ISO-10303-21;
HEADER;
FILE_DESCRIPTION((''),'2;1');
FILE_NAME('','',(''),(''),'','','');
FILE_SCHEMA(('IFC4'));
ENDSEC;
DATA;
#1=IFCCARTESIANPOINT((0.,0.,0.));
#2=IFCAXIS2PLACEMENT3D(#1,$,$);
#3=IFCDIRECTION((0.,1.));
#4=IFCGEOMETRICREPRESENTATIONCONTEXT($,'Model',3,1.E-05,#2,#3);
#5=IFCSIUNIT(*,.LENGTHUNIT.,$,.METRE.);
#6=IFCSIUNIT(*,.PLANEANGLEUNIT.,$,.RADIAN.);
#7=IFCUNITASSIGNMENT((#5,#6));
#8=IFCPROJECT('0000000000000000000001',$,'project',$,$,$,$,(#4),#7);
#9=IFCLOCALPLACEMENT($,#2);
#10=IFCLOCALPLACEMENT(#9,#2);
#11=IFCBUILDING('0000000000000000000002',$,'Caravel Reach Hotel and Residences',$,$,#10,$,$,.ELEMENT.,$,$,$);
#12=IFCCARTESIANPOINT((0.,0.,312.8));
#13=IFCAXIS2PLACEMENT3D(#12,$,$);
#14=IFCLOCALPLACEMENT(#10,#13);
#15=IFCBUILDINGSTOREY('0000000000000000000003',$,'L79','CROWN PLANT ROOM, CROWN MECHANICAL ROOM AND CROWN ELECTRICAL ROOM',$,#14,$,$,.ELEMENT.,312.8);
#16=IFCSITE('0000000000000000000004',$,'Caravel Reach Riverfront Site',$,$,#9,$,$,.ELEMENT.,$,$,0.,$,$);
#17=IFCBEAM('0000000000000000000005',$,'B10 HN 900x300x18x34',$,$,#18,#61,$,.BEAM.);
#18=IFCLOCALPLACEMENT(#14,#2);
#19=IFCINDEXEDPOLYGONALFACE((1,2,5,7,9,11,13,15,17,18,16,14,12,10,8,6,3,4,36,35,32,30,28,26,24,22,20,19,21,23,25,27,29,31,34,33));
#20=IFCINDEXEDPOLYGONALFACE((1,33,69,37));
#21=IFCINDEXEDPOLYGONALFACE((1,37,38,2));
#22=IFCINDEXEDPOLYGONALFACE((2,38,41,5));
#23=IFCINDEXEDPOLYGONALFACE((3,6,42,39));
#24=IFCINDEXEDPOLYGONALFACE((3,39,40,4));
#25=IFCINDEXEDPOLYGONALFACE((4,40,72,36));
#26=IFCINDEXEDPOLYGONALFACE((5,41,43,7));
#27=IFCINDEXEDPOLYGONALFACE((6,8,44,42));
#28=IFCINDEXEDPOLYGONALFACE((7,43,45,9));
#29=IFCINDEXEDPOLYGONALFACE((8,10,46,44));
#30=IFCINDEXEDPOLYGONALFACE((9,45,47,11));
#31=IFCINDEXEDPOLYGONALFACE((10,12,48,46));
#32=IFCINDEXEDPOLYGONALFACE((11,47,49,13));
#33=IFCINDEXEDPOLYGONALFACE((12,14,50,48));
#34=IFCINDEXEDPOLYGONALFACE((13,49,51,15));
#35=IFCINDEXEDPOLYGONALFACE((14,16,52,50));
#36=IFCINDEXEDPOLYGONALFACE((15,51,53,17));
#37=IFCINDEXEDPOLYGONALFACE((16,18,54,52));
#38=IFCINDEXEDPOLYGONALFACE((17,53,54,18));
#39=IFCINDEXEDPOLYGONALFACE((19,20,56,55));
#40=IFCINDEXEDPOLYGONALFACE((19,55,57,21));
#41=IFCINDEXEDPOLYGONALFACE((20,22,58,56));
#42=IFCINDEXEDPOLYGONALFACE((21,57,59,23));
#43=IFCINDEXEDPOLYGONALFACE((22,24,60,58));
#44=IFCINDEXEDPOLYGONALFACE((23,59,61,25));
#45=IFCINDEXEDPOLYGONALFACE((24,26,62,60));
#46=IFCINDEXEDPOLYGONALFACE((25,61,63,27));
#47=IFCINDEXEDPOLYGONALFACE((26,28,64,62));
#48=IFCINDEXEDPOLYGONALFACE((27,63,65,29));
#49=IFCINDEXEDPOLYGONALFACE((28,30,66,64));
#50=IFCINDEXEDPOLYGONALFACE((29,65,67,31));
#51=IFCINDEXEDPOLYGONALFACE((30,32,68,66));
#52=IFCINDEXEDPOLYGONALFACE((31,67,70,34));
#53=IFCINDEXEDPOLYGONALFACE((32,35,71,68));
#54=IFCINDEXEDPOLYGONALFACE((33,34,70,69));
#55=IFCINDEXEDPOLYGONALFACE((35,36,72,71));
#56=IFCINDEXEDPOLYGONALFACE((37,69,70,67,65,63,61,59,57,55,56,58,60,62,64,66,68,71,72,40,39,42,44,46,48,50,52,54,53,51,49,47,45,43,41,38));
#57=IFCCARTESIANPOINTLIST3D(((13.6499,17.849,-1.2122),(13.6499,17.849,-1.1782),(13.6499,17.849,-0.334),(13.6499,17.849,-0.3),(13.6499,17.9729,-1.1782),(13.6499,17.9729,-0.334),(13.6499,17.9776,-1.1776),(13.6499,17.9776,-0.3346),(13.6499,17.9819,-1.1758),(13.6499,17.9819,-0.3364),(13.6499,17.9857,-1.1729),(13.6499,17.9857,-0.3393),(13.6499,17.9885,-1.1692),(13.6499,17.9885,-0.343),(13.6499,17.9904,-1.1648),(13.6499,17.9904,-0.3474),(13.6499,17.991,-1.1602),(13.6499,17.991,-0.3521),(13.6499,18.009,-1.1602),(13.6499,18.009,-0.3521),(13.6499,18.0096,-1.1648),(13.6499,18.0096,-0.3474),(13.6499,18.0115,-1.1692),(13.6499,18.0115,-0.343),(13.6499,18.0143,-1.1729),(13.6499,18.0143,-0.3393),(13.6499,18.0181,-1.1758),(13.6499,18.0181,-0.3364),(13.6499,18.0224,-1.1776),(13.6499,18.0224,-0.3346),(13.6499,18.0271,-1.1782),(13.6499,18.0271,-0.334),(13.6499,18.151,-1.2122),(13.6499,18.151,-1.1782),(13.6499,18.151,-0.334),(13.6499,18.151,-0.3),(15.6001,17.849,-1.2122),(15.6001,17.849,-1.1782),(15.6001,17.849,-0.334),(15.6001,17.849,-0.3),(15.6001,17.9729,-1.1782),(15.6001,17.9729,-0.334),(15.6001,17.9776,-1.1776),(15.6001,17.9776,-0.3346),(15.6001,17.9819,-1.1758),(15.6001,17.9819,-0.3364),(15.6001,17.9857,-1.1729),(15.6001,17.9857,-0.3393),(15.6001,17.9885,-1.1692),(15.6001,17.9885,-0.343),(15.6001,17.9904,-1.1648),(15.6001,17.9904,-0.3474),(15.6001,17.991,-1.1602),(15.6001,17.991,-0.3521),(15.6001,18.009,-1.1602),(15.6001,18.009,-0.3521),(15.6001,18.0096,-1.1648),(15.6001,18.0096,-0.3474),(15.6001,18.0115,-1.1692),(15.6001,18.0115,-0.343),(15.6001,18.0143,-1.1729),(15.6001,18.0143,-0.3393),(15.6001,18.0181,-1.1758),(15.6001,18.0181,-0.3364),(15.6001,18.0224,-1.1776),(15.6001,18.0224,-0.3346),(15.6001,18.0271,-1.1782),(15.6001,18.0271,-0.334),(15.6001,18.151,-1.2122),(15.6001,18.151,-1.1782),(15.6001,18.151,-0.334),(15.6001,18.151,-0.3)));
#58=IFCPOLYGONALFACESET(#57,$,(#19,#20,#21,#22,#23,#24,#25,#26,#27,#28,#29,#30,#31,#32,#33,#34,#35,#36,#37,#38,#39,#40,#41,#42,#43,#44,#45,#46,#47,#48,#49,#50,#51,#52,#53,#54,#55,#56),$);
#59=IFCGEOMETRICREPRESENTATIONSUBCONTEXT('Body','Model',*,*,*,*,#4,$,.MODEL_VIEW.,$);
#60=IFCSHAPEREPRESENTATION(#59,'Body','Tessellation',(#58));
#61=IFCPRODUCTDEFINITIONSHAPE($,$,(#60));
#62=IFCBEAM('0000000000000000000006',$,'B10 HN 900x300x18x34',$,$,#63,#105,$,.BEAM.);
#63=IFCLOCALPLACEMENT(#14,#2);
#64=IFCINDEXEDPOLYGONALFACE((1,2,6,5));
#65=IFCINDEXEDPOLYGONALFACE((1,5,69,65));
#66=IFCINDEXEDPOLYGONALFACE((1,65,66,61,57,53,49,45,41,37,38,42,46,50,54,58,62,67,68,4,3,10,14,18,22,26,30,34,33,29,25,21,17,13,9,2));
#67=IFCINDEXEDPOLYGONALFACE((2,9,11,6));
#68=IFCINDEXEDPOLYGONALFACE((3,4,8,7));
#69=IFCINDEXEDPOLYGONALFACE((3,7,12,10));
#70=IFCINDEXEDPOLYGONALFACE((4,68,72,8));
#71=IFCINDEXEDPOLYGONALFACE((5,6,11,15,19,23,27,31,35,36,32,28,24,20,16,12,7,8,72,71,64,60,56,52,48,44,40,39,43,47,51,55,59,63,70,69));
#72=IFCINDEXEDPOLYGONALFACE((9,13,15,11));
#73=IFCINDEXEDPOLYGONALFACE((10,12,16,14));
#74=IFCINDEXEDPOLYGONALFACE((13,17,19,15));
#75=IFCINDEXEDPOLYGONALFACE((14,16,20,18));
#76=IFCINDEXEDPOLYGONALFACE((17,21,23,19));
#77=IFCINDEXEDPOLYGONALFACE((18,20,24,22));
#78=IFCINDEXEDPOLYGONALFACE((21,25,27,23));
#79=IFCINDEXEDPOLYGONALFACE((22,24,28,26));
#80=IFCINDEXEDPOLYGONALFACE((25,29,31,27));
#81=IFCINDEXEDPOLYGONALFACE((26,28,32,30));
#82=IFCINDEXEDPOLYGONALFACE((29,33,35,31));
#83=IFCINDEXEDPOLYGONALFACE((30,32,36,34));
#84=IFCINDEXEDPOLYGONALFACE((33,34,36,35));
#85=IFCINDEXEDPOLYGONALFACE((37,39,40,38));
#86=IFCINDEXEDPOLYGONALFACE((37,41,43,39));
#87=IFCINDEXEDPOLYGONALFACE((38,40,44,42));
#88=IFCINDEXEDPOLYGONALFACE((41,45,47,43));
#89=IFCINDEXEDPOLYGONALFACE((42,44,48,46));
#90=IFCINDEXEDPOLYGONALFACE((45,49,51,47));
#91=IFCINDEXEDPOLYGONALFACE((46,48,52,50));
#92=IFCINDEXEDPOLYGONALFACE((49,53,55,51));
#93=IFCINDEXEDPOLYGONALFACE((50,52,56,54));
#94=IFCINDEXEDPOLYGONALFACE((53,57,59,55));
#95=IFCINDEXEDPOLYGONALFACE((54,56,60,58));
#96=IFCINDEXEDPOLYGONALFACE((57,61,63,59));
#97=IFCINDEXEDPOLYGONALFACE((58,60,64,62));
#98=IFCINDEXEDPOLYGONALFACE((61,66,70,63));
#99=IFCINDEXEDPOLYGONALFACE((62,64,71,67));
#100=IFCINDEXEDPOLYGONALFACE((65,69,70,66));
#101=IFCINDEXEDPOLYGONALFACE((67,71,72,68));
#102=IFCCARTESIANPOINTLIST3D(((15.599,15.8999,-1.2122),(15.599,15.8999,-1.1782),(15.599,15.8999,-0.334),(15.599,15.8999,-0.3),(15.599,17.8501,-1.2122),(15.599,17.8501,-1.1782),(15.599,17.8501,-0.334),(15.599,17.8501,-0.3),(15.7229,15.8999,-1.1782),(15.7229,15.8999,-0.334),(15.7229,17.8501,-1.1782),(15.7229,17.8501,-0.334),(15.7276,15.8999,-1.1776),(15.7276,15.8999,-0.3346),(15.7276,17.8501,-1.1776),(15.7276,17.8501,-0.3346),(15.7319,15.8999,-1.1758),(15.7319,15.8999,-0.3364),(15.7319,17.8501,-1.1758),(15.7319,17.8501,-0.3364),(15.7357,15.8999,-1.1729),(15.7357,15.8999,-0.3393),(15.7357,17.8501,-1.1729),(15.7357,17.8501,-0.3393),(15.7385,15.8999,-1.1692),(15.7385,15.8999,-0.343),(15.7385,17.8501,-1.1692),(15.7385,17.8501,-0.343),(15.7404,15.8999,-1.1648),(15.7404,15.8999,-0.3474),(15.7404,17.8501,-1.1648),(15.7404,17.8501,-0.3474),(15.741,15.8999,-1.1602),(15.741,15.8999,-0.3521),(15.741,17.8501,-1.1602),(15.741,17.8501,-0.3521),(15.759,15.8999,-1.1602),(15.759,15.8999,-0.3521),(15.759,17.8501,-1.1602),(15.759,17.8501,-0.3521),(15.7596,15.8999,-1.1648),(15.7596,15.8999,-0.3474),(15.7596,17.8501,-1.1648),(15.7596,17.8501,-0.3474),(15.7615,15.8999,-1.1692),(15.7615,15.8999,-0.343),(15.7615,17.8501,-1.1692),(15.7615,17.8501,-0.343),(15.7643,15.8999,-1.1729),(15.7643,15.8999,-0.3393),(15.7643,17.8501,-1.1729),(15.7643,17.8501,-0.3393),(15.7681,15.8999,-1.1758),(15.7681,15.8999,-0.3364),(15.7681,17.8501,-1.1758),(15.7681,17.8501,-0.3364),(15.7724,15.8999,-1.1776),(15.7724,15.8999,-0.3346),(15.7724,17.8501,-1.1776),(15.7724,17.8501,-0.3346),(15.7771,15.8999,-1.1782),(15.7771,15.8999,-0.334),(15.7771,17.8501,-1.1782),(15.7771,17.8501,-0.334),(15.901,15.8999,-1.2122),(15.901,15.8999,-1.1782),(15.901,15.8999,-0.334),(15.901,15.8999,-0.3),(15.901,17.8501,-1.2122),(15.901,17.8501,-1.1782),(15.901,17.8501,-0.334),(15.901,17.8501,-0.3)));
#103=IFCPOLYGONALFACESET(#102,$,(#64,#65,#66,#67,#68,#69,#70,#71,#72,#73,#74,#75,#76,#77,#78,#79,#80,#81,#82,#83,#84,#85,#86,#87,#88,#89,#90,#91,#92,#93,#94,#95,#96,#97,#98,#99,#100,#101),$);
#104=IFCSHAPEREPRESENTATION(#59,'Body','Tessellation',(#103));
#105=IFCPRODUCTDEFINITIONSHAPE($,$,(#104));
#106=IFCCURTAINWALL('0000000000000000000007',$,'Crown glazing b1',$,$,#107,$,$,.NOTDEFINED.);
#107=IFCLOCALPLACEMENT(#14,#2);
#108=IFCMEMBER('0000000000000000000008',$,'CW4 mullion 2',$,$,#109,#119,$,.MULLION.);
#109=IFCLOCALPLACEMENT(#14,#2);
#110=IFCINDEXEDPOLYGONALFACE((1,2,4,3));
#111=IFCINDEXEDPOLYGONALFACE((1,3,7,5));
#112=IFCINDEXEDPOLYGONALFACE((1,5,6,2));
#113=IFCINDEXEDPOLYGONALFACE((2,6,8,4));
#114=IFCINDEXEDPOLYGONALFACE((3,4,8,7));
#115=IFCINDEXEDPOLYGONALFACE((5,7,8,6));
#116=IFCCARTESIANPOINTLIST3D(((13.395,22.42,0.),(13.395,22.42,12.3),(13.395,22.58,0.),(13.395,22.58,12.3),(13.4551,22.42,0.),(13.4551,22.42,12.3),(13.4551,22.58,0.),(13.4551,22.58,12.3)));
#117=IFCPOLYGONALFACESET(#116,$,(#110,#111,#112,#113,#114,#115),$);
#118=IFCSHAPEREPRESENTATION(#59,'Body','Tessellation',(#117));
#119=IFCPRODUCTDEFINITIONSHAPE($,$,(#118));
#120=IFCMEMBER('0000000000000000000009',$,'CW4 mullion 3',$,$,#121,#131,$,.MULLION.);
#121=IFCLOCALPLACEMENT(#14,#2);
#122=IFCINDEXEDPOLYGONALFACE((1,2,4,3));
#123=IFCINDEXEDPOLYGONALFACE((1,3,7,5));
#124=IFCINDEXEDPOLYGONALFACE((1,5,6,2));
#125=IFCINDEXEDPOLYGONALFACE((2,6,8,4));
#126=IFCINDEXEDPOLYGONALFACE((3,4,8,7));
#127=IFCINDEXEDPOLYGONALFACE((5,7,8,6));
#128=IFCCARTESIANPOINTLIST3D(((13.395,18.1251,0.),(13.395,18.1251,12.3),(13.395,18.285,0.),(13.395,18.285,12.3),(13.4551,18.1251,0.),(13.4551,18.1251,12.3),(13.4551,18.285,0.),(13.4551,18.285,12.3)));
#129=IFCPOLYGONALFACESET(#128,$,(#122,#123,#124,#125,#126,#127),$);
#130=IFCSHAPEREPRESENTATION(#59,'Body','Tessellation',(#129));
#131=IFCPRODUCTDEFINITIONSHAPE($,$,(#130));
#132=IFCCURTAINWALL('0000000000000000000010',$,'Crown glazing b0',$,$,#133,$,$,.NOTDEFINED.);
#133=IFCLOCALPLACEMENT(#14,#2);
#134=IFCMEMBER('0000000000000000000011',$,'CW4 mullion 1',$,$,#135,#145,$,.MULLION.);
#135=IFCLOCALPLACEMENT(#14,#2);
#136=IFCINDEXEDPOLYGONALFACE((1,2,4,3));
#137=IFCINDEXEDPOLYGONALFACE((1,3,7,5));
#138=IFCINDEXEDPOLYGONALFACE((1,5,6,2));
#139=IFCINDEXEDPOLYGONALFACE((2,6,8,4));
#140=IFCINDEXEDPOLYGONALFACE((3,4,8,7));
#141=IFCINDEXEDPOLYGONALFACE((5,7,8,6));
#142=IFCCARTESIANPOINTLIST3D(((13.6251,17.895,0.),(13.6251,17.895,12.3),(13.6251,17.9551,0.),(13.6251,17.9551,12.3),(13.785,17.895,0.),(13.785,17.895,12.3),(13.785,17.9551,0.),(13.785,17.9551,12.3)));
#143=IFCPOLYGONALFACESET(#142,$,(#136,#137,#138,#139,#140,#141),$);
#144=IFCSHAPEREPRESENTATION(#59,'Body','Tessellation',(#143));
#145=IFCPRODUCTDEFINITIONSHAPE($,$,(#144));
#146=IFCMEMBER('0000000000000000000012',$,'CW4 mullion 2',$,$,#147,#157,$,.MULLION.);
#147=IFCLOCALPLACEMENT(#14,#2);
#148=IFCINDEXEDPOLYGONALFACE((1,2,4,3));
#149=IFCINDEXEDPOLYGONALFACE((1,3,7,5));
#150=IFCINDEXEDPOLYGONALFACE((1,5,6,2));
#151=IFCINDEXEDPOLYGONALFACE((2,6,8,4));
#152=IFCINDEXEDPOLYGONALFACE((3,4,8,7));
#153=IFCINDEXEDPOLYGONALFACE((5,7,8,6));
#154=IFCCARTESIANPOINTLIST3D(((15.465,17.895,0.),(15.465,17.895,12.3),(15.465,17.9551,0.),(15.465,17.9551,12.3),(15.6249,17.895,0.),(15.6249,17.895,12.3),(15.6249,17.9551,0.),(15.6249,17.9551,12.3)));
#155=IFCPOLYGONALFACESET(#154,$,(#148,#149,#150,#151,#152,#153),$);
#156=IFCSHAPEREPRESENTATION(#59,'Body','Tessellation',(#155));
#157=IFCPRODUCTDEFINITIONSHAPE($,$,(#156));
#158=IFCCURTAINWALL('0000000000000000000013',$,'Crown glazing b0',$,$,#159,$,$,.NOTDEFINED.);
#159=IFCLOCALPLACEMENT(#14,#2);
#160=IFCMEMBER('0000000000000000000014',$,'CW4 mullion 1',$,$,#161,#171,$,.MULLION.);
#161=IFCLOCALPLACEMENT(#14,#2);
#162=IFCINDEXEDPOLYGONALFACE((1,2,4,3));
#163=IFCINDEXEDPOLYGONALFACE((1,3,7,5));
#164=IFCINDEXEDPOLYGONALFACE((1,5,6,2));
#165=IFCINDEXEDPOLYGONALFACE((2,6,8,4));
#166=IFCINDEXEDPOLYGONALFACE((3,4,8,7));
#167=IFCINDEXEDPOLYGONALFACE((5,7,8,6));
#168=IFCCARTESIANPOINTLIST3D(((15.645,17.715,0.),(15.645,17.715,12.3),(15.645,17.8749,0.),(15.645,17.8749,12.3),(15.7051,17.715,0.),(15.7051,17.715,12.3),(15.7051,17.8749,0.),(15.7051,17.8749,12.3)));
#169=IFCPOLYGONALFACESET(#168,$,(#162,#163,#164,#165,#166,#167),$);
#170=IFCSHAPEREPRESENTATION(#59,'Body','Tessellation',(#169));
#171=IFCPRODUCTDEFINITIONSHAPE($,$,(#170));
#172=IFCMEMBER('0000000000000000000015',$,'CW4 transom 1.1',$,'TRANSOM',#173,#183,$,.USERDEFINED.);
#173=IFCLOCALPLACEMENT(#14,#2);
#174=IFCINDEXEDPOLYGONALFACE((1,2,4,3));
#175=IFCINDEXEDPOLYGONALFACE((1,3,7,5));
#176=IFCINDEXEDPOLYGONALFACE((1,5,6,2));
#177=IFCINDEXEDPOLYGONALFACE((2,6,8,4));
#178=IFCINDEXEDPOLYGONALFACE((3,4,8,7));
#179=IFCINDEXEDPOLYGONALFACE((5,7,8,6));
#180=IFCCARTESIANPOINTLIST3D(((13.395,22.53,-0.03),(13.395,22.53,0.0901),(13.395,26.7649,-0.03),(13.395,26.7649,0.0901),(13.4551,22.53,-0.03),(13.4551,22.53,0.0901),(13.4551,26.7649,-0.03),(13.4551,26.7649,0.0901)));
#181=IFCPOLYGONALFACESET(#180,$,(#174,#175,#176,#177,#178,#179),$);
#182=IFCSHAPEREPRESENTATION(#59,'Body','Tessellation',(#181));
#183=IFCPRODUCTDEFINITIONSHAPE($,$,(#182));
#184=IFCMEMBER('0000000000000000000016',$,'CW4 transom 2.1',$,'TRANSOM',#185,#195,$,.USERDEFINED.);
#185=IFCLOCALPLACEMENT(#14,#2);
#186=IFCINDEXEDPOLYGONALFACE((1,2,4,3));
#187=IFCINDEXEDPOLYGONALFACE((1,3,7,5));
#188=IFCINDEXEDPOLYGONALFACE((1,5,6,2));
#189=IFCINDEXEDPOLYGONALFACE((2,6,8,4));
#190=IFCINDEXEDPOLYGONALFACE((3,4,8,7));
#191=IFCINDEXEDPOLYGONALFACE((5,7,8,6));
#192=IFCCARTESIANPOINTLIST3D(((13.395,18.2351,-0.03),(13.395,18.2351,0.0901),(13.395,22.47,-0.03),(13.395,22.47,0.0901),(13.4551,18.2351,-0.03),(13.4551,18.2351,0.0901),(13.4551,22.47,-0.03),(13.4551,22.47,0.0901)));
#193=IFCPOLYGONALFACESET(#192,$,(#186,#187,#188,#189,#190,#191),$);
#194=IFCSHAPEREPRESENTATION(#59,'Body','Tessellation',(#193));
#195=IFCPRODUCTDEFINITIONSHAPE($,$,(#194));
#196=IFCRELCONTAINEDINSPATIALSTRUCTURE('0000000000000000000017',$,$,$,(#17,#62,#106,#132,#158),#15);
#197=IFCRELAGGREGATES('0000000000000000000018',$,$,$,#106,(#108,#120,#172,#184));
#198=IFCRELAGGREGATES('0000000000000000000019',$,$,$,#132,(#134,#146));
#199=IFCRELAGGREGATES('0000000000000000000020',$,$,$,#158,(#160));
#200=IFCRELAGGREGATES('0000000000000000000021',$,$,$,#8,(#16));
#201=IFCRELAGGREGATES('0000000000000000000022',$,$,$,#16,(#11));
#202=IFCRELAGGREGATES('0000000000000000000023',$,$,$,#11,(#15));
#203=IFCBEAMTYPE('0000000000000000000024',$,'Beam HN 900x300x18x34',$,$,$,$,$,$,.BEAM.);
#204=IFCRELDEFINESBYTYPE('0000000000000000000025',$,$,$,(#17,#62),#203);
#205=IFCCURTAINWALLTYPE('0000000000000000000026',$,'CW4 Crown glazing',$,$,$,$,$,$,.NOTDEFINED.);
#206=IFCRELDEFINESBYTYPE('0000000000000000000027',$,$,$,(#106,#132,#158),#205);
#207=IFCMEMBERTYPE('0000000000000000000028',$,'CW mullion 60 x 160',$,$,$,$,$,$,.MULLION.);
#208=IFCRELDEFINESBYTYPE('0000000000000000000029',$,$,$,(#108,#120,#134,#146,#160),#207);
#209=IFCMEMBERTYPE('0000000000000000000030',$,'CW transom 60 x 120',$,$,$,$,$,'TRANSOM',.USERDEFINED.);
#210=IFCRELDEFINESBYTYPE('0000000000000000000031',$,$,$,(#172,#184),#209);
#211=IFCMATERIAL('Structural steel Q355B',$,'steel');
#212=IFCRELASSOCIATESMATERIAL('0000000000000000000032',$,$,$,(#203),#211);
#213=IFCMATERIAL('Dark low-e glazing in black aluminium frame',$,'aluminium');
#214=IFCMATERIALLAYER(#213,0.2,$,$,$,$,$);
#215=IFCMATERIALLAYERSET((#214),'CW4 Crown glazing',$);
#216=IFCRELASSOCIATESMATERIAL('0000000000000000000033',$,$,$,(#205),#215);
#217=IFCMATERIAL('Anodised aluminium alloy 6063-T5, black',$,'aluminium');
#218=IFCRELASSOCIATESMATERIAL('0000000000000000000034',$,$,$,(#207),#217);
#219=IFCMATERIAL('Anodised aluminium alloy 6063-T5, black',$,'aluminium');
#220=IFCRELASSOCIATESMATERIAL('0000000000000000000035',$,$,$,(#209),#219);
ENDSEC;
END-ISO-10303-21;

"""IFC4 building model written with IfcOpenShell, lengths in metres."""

from ifc_helpers import new_model, si_unit, direction, frame, origin, origin_2d, place, context, subcontext, project, spatial, rectangle, i_section, extrude, material, layer, layer_set, material_profile, profile_set, type_object, element, aggregate, save


model = new_model("IFC4")

# Units and contexts
model_context = context("Model", 3, precision=1e-05, world=origin(), true_north=direction((0.0, 1.0)))
body_context = subcontext(model_context, "Body", "Model", "MODEL_VIEW")
ifc_project = project(units=[si_unit("LENGTHUNIT", "METRE"), si_unit("PLANEANGLEUNIT", "RADIAN")], contexts=[model_context])

# Site, building, storey
site_placement = place(None, origin())
site = spatial("IfcSite", under=ifc_project, at=site_placement, Name="Caravel Reach Riverfront Site", CompositionType="ELEMENT", RefElevation=0.0)
building_placement = place(site_placement, origin())
building = spatial("IfcBuilding", under=site, at=building_placement, Name="Caravel Reach Hotel and Residences", CompositionType="ELEMENT")
storey_placement = place(building_placement, frame((0.0, 0.0, 312.8)))
storey = spatial("IfcBuildingStorey", under=building, at=storey_placement, Name="L79", Description="CROWN PLANT ROOM, CROWN MECHANICAL ROOM AND CROWN ELECTRICAL ROOM", CompositionType="ELEMENT", Elevation=312.8)

# Beams
ifc_material_1 = material(Name="Structural steel Q355B", Category="steel")
ifc_material_profile_1 = material_profile(ifc_material_1, i_section(OverallWidth=0.302, OverallDepth=0.9121, WebThickness=0.0181, FlangeThickness=0.0339, FilletRadius=0.0181, at=origin_2d()), Name="HN 900x300x18x34")
ifc_profile_set_1 = profile_set([ifc_material_profile_1], Name="Structural steel Q355B")
beam_type_1 = type_object("IfcBeamType", Name="Beam HN 900x300x18x34", PredefinedType="BEAM", material=ifc_profile_set_1)
for number, where, z_axis, x_axis, name in (
    (1, (13.6499, 18.0, -0.7561), (1.0, 0.0, 0.0), (0.0, 1.0, 0.0), "B10 HN 900x300x18x34"),
    (2, (15.75, 17.8501, -0.7561), (0.0, -1.0, 0.0), (1.0, 0.0, 0.0), "B10 HN 900x300x18x34"),
):
    element("IfcBeam", number, at=place(storey_placement, frame(where, z_axis=z_axis, x_axis=x_axis)), inside=storey, type_object=beam_type_1, Name=name, PredefinedType="BEAM", context=body_context, shape_type="SweptSolid", body=[
        extrude(i_section(OverallWidth=0.302, OverallDepth=0.9121, WebThickness=0.0181, FlangeThickness=0.0339, FilletRadius=0.0181, at=origin_2d()), origin(), (0.0, 0.0, 1.0), 1.9502),
    ])

# Curtain walls, members
ifc_material_2 = material(Name="Dark low-e glazing in black aluminium frame", Category="aluminium")
ifc_layer_1 = layer(ifc_material_2, 0.2)
ifc_layer_set_1 = layer_set([ifc_layer_1], Name="CW4 Crown glazing")
curtain_wall_type = type_object("IfcCurtainWallType", Name="CW4 Crown glazing", PredefinedType="NOTDEFINED", material=ifc_layer_set_1)
curtain_wall_1_placement = place(storey_placement, origin())
curtain_wall_1 = element("IfcCurtainWall", 3, at=curtain_wall_1_placement, inside=storey, type_object=curtain_wall_type, Name="Crown glazing b1", PredefinedType="NOTDEFINED")
ifc_material_3 = material(Name="Anodised aluminium alloy 6063-T5, black", Category="aluminium")
ifc_material_profile_2 = material_profile(ifc_material_3, rectangle(XDim=0.0601, YDim=0.1599, at=origin_2d()), Name="CW mullion 60 x 160")
ifc_profile_set_2 = profile_set([ifc_material_profile_2], Name="Anodised aluminium alloy 6063-T5, black")
member_type_1 = type_object("IfcMemberType", Name="CW mullion 60 x 160", PredefinedType="MULLION", material=ifc_profile_set_2)
member_1_placement = place(storey_placement, frame((13.425, 22.5, 0.0), z_axis=(0.0, 0.0, 1.0), x_axis=(1.0, 0.0, 0.0)))
member_1 = element("IfcMember", 4, at=member_1_placement, type_object=member_type_1, Name="CW4 mullion 2", PredefinedType="MULLION", context=body_context, shape_type="SweptSolid", body=[
    extrude(rectangle(XDim=0.0601, YDim=0.1599, at=origin_2d()), origin(), (0.0, 0.0, 1.0), 12.3),
])
member_2_placement = place(storey_placement, frame((13.425, 18.2051, 0.0), z_axis=(0.0, 0.0, 1.0), x_axis=(1.0, 0.0, 0.0)))
member_2 = element("IfcMember", 5, at=member_2_placement, type_object=member_type_1, Name="CW4 mullion 3", PredefinedType="MULLION", context=body_context, shape_type="SweptSolid", body=[
    extrude(rectangle(XDim=0.0601, YDim=0.1599, at=origin_2d()), origin(), (0.0, 0.0, 1.0), 12.3),
])
curtain_wall_2_placement = place(storey_placement, origin())
curtain_wall_2 = element("IfcCurtainWall", 6, at=curtain_wall_2_placement, inside=storey, type_object=curtain_wall_type, Name="Crown glazing b0", PredefinedType="NOTDEFINED")
member_3_placement = place(storey_placement, frame((13.7051, 17.925, 0.0), z_axis=(0.0, 0.0, 1.0), x_axis=(0.0, 1.0, 0.0)))
member_3 = element("IfcMember", 7, at=member_3_placement, type_object=member_type_1, Name="CW4 mullion 1", PredefinedType="MULLION", context=body_context, shape_type="SweptSolid", body=[
    extrude(rectangle(XDim=0.0601, YDim=0.1599, at=origin_2d()), origin(), (0.0, 0.0, 1.0), 12.3),
])
member_4_placement = place(storey_placement, frame((15.5449, 17.925, 0.0), z_axis=(0.0, 0.0, 1.0), x_axis=(0.0, 1.0, 0.0)))
member_4 = element("IfcMember", 8, at=member_4_placement, type_object=member_type_1, Name="CW4 mullion 2", PredefinedType="MULLION", context=body_context, shape_type="SweptSolid", body=[
    extrude(rectangle(XDim=0.0601, YDim=0.1599, at=origin_2d()), origin(), (0.0, 0.0, 1.0), 12.3),
])

# Curtain wall, member
curtain_wall_3_placement = place(storey_placement, origin())
curtain_wall_3 = element("IfcCurtainWall", 9, at=curtain_wall_3_placement, inside=storey, type_object=curtain_wall_type, Name="Crown glazing b0", PredefinedType="NOTDEFINED")
member_5_placement = place(storey_placement, frame((15.675, 17.7949, 0.0), z_axis=(0.0, 0.0, 1.0), x_axis=(1.0, 0.0, 0.0)))
member_5 = element("IfcMember", 10, at=member_5_placement, type_object=member_type_1, Name="CW4 mullion 1", PredefinedType="MULLION", context=body_context, shape_type="SweptSolid", body=[
    extrude(rectangle(XDim=0.0601, YDim=0.1599, at=origin_2d()), origin(), (0.0, 0.0, 1.0), 12.3),
])

# Members
ifc_material_4 = material(Name="Anodised aluminium alloy 6063-T5, black", Category="aluminium")
ifc_material_profile_3 = material_profile(ifc_material_4, rectangle(XDim=0.0601, YDim=0.1201, at=origin_2d()), Name="CW transom 60 x 120")
ifc_profile_set_3 = profile_set([ifc_material_profile_3], Name="Anodised aluminium alloy 6063-T5, black")
member_type_2 = type_object("IfcMemberType", Name="CW transom 60 x 120", ElementType="TRANSOM", PredefinedType="USERDEFINED", material=ifc_profile_set_3)
member_6_placement = place(storey_placement, frame((13.425, 26.7649, 0.03), z_axis=(0.0, -1.0, 0.0), x_axis=(1.0, 0.0, 0.0)))
member_6 = element("IfcMember", 11, at=member_6_placement, type_object=member_type_2, Name="CW4 transom 1.1", ObjectType="TRANSOM", PredefinedType="USERDEFINED", context=body_context, shape_type="SweptSolid", body=[
    extrude(rectangle(XDim=0.0601, YDim=0.1201, at=origin_2d()), origin(), (0.0, 0.0, 1.0), 4.2349),
])
member_7_placement = place(storey_placement, frame((13.425, 22.47, 0.03), z_axis=(0.0, -1.0, 0.0), x_axis=(1.0, 0.0, 0.0)))
member_7 = element("IfcMember", 12, at=member_7_placement, type_object=member_type_2, Name="CW4 transom 2.1", ObjectType="TRANSOM", PredefinedType="USERDEFINED", context=body_context, shape_type="SweptSolid", body=[
    extrude(rectangle(XDim=0.0601, YDim=0.1201, at=origin_2d()), origin(), (0.0, 0.0, 1.0), 4.2349),
])

aggregate(curtain_wall_1, [member_1, member_2, member_6, member_7])
aggregate(curtain_wall_2, [member_3, member_4])
aggregate(curtain_wall_3, [member_5])

save(model, "model.ifc")
